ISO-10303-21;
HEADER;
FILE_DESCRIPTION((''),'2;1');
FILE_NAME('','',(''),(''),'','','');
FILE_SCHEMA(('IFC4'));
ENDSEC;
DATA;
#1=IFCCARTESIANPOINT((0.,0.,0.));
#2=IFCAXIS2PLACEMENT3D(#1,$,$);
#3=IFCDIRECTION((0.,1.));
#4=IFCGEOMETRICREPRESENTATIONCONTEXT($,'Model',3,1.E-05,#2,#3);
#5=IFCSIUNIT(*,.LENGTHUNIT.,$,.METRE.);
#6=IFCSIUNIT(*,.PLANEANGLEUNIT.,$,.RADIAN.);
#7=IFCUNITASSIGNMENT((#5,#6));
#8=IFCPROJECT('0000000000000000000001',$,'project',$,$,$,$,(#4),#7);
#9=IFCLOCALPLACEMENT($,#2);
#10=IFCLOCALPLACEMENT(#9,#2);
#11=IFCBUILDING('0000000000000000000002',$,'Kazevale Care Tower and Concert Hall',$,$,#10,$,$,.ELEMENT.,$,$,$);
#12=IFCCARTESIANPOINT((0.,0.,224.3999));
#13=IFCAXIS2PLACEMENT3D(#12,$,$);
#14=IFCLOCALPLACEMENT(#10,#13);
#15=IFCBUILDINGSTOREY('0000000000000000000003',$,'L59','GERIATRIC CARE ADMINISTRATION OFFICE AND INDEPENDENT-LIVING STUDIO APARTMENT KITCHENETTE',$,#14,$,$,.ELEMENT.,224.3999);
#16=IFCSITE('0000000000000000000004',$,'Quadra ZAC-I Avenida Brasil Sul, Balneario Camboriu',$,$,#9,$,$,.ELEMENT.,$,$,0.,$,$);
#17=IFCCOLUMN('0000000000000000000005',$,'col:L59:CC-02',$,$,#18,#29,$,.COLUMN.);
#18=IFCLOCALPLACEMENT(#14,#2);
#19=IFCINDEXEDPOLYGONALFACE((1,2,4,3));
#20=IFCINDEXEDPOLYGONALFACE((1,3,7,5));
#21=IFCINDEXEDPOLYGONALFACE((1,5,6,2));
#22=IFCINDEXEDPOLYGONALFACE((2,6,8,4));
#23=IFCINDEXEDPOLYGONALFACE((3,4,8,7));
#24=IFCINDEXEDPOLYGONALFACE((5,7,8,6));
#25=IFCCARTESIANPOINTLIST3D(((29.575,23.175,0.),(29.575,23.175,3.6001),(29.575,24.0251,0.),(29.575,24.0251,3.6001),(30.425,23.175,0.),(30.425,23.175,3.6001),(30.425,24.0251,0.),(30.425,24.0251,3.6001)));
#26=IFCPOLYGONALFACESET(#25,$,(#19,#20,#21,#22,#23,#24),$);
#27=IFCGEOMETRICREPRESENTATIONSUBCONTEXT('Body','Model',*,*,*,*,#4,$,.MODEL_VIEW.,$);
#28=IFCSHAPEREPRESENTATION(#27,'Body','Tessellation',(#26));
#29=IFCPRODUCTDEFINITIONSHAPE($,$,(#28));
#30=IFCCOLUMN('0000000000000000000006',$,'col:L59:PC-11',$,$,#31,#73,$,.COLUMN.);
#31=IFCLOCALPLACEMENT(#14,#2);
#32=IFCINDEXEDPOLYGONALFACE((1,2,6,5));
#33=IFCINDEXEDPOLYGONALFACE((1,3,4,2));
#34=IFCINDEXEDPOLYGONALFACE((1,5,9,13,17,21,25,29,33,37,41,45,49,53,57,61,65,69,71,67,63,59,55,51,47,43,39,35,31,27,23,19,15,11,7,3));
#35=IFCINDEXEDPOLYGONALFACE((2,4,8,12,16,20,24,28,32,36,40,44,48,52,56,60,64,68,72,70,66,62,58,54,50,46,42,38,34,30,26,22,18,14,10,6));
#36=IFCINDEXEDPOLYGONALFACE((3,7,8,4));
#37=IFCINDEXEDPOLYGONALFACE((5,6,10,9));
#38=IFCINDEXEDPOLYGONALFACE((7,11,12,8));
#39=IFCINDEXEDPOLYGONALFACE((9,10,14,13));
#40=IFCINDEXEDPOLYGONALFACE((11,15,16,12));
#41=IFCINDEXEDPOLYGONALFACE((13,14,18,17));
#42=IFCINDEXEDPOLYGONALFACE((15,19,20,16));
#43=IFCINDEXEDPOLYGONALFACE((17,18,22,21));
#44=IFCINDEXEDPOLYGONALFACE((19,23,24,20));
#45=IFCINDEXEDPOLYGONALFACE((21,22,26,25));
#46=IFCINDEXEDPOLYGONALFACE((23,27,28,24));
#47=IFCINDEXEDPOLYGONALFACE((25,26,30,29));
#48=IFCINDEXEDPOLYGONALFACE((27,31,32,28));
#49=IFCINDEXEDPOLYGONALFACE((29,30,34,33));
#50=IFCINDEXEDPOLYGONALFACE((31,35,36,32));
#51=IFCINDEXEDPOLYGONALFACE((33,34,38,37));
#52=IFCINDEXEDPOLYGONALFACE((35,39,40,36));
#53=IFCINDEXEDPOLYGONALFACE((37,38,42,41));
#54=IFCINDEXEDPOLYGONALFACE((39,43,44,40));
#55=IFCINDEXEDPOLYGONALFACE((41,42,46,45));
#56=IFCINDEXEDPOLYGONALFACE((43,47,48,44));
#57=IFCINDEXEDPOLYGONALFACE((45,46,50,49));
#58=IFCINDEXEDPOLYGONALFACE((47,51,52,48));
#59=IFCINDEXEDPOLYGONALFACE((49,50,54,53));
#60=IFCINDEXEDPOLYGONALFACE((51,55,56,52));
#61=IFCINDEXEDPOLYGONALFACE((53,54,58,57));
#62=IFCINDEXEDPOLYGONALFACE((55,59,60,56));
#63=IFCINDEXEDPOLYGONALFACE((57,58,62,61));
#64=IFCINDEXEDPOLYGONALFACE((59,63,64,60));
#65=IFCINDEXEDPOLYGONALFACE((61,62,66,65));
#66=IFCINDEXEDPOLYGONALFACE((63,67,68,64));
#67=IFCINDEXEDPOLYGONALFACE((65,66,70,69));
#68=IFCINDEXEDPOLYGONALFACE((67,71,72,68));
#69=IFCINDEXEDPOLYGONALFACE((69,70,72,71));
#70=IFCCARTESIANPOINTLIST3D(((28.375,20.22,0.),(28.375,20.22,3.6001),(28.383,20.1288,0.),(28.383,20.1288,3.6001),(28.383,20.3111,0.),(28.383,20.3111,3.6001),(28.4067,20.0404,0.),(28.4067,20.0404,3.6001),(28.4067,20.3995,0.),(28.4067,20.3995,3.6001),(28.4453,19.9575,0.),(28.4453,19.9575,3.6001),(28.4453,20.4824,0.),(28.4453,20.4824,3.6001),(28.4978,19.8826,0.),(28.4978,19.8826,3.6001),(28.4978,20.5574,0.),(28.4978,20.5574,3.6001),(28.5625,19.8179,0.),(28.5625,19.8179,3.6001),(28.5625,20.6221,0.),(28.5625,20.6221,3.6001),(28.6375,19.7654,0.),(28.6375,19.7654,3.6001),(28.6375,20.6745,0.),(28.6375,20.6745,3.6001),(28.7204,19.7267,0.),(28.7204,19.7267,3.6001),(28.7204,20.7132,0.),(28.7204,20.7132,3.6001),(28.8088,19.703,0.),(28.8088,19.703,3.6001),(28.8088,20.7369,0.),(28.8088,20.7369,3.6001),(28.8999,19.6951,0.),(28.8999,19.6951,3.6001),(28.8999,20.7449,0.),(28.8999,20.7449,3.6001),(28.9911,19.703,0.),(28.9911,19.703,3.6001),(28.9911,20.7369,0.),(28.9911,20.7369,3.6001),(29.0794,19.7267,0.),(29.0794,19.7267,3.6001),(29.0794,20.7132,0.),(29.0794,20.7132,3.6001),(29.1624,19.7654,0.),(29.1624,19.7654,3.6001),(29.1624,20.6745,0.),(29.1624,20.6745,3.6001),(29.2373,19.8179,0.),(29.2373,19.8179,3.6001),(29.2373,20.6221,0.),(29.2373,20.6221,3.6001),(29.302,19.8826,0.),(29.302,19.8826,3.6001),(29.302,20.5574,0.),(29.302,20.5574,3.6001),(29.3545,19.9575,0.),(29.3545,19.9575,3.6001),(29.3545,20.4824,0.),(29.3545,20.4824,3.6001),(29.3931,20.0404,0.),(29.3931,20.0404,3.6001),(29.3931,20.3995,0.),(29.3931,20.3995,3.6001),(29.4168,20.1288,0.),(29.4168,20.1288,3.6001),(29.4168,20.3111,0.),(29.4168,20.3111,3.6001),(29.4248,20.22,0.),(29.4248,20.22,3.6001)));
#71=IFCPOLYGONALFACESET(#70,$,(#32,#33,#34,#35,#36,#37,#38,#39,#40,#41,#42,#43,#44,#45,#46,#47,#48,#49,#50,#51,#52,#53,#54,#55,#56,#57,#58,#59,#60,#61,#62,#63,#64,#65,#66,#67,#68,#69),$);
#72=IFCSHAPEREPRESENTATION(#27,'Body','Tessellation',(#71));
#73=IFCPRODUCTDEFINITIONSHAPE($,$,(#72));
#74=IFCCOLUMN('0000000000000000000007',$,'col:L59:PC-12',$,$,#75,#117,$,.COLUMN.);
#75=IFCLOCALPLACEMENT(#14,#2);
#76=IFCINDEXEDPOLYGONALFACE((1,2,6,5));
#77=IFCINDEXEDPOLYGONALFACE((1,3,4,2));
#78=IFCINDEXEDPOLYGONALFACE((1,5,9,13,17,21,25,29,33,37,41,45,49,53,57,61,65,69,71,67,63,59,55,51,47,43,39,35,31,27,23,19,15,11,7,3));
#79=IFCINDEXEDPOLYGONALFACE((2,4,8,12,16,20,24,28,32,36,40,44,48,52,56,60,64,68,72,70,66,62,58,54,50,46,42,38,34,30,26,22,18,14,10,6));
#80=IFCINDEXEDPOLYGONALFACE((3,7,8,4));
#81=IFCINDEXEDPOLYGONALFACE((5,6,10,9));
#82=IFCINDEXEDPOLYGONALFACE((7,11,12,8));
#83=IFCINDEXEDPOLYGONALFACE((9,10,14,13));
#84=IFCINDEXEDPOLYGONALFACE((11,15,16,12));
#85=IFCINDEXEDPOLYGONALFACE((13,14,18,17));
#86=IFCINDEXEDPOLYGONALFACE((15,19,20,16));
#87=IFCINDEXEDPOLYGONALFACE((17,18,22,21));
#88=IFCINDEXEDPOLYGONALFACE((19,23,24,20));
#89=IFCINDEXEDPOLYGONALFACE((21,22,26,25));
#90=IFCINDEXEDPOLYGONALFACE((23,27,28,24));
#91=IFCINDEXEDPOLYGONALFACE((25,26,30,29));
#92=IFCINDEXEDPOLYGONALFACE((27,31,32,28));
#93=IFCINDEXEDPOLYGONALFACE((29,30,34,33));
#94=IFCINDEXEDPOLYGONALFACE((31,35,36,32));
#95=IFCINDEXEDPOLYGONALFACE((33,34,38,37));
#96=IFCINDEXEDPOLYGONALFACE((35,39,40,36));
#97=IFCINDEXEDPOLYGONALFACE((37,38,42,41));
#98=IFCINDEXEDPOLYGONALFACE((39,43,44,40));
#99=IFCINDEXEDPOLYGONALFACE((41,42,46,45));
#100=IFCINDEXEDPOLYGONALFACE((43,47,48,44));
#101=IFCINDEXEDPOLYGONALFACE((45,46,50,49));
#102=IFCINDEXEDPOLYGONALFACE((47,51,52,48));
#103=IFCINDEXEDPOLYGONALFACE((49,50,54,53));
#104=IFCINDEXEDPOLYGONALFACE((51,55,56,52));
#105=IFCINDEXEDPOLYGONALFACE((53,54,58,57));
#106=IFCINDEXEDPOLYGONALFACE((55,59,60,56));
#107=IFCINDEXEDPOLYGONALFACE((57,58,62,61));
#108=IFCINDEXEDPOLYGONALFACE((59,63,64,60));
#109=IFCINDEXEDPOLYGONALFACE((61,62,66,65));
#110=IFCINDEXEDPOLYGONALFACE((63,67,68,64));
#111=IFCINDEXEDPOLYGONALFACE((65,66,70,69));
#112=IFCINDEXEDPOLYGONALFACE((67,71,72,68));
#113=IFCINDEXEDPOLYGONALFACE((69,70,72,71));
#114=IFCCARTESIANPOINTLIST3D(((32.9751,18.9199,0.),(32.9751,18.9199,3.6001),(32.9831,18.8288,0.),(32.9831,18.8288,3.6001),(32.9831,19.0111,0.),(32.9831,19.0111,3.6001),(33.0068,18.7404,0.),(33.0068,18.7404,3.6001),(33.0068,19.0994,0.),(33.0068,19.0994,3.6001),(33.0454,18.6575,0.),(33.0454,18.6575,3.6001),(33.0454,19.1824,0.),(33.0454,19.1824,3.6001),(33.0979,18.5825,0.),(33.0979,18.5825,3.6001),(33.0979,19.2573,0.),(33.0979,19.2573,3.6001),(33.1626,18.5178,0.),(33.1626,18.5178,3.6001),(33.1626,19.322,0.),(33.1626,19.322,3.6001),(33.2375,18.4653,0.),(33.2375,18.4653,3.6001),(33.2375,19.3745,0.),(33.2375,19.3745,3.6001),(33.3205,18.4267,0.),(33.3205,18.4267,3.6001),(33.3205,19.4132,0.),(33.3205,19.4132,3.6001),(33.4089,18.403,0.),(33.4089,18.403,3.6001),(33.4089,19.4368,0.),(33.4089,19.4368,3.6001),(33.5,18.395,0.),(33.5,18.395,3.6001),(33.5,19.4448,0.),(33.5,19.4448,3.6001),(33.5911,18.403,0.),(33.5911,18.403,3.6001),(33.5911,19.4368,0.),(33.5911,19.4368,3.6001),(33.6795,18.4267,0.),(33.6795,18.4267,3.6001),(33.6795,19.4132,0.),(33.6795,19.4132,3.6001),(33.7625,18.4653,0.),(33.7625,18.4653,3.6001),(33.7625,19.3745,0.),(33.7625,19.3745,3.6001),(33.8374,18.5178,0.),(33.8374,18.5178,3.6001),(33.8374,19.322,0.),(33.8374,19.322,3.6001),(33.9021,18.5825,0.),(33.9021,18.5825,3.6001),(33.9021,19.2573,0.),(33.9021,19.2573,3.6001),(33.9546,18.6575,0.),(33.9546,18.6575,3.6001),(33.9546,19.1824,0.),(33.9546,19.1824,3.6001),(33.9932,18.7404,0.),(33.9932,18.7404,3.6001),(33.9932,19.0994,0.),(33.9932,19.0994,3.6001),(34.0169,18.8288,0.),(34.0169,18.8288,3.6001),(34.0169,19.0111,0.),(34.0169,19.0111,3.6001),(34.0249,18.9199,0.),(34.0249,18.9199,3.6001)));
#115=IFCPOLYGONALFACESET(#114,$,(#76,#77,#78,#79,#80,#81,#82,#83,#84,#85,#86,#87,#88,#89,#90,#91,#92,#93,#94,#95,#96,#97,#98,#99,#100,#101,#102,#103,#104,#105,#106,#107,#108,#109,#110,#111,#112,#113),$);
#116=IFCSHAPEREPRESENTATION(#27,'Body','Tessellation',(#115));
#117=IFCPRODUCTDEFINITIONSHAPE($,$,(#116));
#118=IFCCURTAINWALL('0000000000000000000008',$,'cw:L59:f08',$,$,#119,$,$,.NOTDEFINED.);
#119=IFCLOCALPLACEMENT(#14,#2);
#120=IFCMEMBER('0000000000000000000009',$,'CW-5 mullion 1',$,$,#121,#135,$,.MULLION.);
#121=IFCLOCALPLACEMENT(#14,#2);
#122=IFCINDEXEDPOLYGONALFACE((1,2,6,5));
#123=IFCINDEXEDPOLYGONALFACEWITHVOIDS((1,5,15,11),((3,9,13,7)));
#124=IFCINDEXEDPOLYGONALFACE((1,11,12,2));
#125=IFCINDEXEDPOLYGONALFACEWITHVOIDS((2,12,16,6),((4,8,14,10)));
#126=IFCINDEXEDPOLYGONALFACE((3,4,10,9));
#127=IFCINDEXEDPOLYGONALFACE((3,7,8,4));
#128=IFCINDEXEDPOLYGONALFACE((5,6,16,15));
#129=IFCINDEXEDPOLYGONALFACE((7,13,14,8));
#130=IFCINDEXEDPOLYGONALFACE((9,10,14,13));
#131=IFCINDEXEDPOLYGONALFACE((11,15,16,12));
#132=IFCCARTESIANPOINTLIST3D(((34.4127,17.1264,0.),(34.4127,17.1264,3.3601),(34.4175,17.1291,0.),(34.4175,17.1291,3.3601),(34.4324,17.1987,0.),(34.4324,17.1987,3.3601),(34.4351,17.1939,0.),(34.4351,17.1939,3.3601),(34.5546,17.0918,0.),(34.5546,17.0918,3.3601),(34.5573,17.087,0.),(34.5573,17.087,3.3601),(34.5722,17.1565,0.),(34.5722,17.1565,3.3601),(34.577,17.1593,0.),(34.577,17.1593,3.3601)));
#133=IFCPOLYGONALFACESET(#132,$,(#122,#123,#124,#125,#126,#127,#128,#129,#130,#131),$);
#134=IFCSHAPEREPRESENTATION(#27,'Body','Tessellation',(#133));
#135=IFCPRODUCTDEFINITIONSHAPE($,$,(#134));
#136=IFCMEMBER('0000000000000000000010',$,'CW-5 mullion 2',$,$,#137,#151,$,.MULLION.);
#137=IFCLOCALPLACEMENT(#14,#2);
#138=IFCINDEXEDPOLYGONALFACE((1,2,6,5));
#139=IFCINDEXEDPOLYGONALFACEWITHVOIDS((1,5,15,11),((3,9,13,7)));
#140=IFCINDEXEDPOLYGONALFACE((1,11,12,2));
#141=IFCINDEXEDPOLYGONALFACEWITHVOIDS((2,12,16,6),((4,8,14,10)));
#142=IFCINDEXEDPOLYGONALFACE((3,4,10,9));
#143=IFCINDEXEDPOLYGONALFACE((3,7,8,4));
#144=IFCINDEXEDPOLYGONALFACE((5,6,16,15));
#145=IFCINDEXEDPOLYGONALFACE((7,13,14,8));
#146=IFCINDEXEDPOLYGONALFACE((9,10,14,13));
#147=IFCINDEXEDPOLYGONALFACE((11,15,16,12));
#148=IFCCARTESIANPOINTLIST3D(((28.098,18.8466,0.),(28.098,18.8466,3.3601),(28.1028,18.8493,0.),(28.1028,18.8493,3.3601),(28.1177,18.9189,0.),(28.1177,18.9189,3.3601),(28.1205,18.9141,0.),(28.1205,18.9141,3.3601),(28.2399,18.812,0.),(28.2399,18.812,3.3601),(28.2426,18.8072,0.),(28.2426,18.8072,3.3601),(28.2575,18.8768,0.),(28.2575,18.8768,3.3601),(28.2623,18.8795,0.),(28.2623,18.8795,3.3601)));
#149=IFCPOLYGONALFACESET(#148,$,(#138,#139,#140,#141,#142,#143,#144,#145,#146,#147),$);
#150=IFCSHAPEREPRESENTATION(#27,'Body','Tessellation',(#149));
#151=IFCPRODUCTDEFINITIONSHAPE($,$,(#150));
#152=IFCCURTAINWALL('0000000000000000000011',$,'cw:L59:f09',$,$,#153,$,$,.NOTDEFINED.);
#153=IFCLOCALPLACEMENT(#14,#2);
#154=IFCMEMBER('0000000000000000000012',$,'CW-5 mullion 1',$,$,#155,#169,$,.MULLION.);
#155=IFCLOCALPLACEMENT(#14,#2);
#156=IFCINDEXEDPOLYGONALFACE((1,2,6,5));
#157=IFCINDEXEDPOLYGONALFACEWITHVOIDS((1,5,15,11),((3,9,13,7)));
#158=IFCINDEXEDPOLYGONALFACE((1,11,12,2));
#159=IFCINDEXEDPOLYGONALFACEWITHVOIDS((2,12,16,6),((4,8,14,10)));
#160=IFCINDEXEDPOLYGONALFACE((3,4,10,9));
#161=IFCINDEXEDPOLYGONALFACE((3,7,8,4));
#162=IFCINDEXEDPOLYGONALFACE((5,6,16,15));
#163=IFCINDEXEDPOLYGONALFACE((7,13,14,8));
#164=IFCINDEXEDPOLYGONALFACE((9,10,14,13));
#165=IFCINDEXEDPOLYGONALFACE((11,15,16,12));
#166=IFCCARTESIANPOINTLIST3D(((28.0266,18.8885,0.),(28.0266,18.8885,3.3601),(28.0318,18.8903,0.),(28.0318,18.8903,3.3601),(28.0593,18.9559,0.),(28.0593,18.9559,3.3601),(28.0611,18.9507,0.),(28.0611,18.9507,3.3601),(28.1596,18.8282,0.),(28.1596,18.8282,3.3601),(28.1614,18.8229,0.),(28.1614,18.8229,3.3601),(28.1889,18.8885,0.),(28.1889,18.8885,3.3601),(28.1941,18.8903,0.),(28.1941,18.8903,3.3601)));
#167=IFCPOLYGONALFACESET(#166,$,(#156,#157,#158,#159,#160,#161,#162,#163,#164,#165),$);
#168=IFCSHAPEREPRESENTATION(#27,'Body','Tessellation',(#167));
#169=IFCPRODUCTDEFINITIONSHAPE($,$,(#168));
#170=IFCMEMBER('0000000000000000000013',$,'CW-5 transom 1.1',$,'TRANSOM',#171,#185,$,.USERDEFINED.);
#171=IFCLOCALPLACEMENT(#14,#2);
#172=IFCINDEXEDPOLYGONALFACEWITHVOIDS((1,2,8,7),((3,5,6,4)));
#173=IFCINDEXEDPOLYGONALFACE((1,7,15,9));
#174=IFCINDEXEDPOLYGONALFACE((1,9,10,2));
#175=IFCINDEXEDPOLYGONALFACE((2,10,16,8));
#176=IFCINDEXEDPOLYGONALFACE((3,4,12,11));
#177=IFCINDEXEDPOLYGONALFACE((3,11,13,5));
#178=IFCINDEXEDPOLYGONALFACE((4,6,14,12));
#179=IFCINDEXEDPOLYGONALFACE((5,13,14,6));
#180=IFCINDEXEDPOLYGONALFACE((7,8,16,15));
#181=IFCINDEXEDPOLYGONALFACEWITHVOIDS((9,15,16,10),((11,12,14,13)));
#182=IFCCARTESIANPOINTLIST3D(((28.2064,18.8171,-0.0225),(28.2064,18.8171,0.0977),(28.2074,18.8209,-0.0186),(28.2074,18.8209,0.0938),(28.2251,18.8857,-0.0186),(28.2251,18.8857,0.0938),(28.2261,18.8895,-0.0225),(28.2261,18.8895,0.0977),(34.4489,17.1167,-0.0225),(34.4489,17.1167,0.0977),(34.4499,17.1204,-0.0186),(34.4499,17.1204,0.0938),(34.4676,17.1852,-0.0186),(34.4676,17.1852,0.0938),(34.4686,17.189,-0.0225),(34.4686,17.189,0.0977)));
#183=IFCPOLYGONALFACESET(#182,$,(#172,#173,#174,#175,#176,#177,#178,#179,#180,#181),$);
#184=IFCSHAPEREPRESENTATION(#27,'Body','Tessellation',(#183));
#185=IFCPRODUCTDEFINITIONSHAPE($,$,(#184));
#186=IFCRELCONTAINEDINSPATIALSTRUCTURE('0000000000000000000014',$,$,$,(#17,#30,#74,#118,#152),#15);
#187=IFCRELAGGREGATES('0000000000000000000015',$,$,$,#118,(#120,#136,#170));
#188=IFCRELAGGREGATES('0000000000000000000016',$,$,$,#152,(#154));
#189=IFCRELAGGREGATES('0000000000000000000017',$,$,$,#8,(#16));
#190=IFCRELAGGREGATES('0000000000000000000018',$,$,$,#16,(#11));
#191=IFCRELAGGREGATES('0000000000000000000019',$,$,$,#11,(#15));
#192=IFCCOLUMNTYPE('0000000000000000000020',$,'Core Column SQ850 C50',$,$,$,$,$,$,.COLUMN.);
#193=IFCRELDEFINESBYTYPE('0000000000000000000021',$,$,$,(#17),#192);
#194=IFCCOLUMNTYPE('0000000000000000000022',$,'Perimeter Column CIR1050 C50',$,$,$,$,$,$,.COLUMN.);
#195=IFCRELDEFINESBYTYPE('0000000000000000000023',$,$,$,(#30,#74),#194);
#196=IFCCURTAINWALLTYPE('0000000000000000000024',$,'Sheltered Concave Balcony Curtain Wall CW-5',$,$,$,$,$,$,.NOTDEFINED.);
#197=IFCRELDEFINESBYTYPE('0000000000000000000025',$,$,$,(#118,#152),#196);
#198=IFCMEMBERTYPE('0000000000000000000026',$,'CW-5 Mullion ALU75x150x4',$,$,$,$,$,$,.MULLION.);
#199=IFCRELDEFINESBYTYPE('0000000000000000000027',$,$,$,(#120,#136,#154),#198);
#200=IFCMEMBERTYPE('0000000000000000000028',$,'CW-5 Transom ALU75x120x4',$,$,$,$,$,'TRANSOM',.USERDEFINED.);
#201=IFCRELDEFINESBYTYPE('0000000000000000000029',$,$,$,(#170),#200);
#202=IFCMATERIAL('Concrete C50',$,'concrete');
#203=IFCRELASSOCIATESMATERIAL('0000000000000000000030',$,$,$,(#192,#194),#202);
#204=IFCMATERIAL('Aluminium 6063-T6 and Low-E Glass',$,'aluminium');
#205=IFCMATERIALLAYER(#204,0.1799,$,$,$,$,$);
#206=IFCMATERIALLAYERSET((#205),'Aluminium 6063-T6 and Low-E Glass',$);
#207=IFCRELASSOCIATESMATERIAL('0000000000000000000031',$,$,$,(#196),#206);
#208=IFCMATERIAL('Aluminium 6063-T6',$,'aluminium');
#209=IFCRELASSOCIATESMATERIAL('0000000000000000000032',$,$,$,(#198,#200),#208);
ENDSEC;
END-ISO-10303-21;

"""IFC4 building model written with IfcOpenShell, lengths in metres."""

from ifc_helpers import new_model, si_unit, direction, frame, origin, origin_2d, place, context, subcontext, project, spatial, rectangle, hollow_rectangle, circle, extrude, material, layer, layer_set, material_profile, profile_set, type_object, element, aggregate, save


model = new_model("IFC4")

# Units and contexts
model_context = context("Model", 3, precision=1e-05, world=origin(), true_north=direction((0.0, 1.0)))
body_context = subcontext(model_context, "Body", "Model", "MODEL_VIEW")
ifc_project = project(units=[si_unit("LENGTHUNIT", "METRE"), si_unit("PLANEANGLEUNIT", "RADIAN")], contexts=[model_context])

# Site, building, storey
site_placement = place(None, origin())
site = spatial("IfcSite", under=ifc_project, at=site_placement, Name="Quadra ZAC-I Avenida Brasil Sul, Balneario Camboriu", CompositionType="ELEMENT", RefElevation=0.0)
building_placement = place(site_placement, origin())
building = spatial("IfcBuilding", under=site, at=building_placement, Name="Kazevale Care Tower and Concert Hall", CompositionType="ELEMENT")
storey_placement = place(building_placement, frame((0.0, 0.0, 224.3999)))
storey = spatial("IfcBuildingStorey", under=building, at=storey_placement, Name="L59", Description="GERIATRIC CARE ADMINISTRATION OFFICE AND INDEPENDENT-LIVING STUDIO APARTMENT KITCHENETTE", CompositionType="ELEMENT", Elevation=224.3999)

# Columns
ifc_material_1 = material(Name="Concrete C50", Category="concrete")
ifc_material_profile_1 = material_profile(ifc_material_1, rectangle(XDim=0.8501, YDim=0.8501, at=origin_2d()), Name="RC-SQ850")
ifc_profile_set_1 = profile_set([ifc_material_profile_1], Name="Concrete C50")
column_type_1 = type_object("IfcColumnType", Name="Core Column SQ850 C50", PredefinedType="COLUMN", material=ifc_profile_set_1)
column_placement = place(storey_placement, frame((30.0, 23.6001, 0.0), z_axis=(0.0, 0.0, 1.0), x_axis=(1.0, 0.0, 0.0)))
element("IfcColumn", 1, at=column_placement, inside=storey, type_object=column_type_1, Name="col:L59:CC-02", PredefinedType="COLUMN", context=body_context, shape_type="SweptSolid", body=[
    extrude(rectangle(XDim=0.8501, YDim=0.8501, at=origin_2d()), origin(), (0.0, 0.0, 1.0), 3.6001),
])
ifc_material_profile_2 = material_profile(ifc_material_1, circle(Radius=0.5249, at=origin_2d()), Name="RC-CIR1050")
ifc_profile_set_2 = profile_set([ifc_material_profile_2], Name="Concrete C50")
column_type_2 = type_object("IfcColumnType", Name="Perimeter Column CIR1050 C50", PredefinedType="COLUMN", material=ifc_profile_set_2)
for number, where, z_axis, x_axis, name in (
    (2, (28.8999, 20.22, 0.0), (0.0, 0.0, 1.0), (1.0, 0.0, 0.0), "col:L59:PC-11"),
    (3, (33.5, 18.9199, 0.0), (0.0, 0.0, 1.0), (1.0, 0.0, 0.0), "col:L59:PC-12"),
):
    element("IfcColumn", number, at=place(storey_placement, frame(where, z_axis=z_axis, x_axis=x_axis)), inside=storey, type_object=column_type_2, Name=name, PredefinedType="COLUMN", context=body_context, shape_type="SweptSolid", body=[
        extrude(circle(Radius=0.5249, at=origin_2d()), origin(), (0.0, 0.0, 1.0), 3.6001),
    ])

# Curtain wall, members
ifc_material_2 = material(Name="Aluminium 6063-T6 and Low-E Glass", Category="aluminium")
ifc_layer_1 = layer(ifc_material_2, 0.1799)
ifc_layer_set_1 = layer_set([ifc_layer_1], Name="Aluminium 6063-T6 and Low-E Glass")
curtain_wall_type = type_object("IfcCurtainWallType", Name="Sheltered Concave Balcony Curtain Wall CW-5", PredefinedType="NOTDEFINED", material=ifc_layer_set_1)
curtain_wall_1_placement = place(storey_placement, origin())
curtain_wall_1 = element("IfcCurtainWall", 4, at=curtain_wall_1_placement, inside=storey, type_object=curtain_wall_type, Name="cw:L59:f08", PredefinedType="NOTDEFINED")
ifc_material_3 = material(Name="Aluminium 6063-T6", Category="aluminium")
ifc_material_profile_3 = material_profile(ifc_material_3, hollow_rectangle(XDim=0.075, YDim=0.1499, WallThickness=0.0039, at=origin_2d()), Name="ALU75x150x4")
ifc_profile_set_3 = profile_set([ifc_material_profile_3], Name="Aluminium 6063-T6")
member_type_1 = type_object("IfcMemberType", Name="CW-5 Mullion ALU75x150x4", PredefinedType="MULLION", material=ifc_profile_set_3)
member_1_placement = place(storey_placement, frame((34.4949, 17.1428, 0.0), z_axis=(0.0, 0.0, 1.0), x_axis=(-0.262849, -0.964837, 0.0)))
member_1 = element("IfcMember", 5, at=member_1_placement, type_object=member_type_1, Name="CW-5 mullion 1", PredefinedType="MULLION", context=body_context, shape_type="SweptSolid", body=[
    extrude(hollow_rectangle(XDim=0.075, YDim=0.1499, WallThickness=0.0039, at=origin_2d()), origin(), (0.0, 0.0, 1.0), 3.3601),
])
member_2_placement = place(storey_placement, frame((28.1802, 18.863, 0.0), z_axis=(0.0, 0.0, 1.0), x_axis=(-0.262849, -0.964837, 0.0)))
member_2 = element("IfcMember", 6, at=member_2_placement, type_object=member_type_1, Name="CW-5 mullion 2", PredefinedType="MULLION", context=body_context, shape_type="SweptSolid", body=[
    extrude(hollow_rectangle(XDim=0.075, YDim=0.1499, WallThickness=0.0039, at=origin_2d()), origin(), (0.0, 0.0, 1.0), 3.3601),
])

# Curtain wall, member
curtain_wall_2_placement = place(storey_placement, origin())
curtain_wall_2 = element("IfcCurtainWall", 7, at=curtain_wall_2_placement, inside=storey, type_object=curtain_wall_type, Name="cw:L59:f09", PredefinedType="NOTDEFINED")
member_3_placement = place(storey_placement, frame((28.1104, 18.8894, 0.0), z_axis=(0.0, 0.0, 1.0), x_axis=(-0.437238, -0.899346, 0.0)))
member_3 = element("IfcMember", 8, at=member_3_placement, type_object=member_type_1, Name="CW-5 mullion 1", PredefinedType="MULLION", context=body_context, shape_type="SweptSolid", body=[
    extrude(hollow_rectangle(XDim=0.075, YDim=0.1499, WallThickness=0.0039, at=origin_2d()), origin(), (0.0, 0.0, 1.0), 3.3601),
])

# Member
ifc_material_profile_4 = material_profile(ifc_material_3, hollow_rectangle(XDim=0.075, YDim=0.1201, WallThickness=0.0039, at=origin_2d()), Name="ALU75x120x4")
ifc_profile_set_4 = profile_set([ifc_material_profile_4], Name="Aluminium 6063-T6")
member_type_2 = type_object("IfcMemberType", Name="CW-5 Transom ALU75x120x4", ElementType="TRANSOM", PredefinedType="USERDEFINED", material=ifc_profile_set_4)
member_4_placement = place(storey_placement, frame((34.4587, 17.1528, 0.0376), z_axis=(-0.964844, 0.262824, 0.0), x_axis=(-0.262824, -0.964844, 0.0)))
member_4 = element("IfcMember", 9, at=member_4_placement, type_object=member_type_2, Name="CW-5 transom 1.1", ObjectType="TRANSOM", PredefinedType="USERDEFINED", context=body_context, shape_type="SweptSolid", body=[
    extrude(hollow_rectangle(XDim=0.075, YDim=0.1201, WallThickness=0.0039, at=origin_2d()), origin(), (0.0, 0.0, 1.0), 6.47),
])

aggregate(curtain_wall_1, [member_1, member_2, member_4])
aggregate(curtain_wall_2, [member_3])

save(model, "model.ifc")
